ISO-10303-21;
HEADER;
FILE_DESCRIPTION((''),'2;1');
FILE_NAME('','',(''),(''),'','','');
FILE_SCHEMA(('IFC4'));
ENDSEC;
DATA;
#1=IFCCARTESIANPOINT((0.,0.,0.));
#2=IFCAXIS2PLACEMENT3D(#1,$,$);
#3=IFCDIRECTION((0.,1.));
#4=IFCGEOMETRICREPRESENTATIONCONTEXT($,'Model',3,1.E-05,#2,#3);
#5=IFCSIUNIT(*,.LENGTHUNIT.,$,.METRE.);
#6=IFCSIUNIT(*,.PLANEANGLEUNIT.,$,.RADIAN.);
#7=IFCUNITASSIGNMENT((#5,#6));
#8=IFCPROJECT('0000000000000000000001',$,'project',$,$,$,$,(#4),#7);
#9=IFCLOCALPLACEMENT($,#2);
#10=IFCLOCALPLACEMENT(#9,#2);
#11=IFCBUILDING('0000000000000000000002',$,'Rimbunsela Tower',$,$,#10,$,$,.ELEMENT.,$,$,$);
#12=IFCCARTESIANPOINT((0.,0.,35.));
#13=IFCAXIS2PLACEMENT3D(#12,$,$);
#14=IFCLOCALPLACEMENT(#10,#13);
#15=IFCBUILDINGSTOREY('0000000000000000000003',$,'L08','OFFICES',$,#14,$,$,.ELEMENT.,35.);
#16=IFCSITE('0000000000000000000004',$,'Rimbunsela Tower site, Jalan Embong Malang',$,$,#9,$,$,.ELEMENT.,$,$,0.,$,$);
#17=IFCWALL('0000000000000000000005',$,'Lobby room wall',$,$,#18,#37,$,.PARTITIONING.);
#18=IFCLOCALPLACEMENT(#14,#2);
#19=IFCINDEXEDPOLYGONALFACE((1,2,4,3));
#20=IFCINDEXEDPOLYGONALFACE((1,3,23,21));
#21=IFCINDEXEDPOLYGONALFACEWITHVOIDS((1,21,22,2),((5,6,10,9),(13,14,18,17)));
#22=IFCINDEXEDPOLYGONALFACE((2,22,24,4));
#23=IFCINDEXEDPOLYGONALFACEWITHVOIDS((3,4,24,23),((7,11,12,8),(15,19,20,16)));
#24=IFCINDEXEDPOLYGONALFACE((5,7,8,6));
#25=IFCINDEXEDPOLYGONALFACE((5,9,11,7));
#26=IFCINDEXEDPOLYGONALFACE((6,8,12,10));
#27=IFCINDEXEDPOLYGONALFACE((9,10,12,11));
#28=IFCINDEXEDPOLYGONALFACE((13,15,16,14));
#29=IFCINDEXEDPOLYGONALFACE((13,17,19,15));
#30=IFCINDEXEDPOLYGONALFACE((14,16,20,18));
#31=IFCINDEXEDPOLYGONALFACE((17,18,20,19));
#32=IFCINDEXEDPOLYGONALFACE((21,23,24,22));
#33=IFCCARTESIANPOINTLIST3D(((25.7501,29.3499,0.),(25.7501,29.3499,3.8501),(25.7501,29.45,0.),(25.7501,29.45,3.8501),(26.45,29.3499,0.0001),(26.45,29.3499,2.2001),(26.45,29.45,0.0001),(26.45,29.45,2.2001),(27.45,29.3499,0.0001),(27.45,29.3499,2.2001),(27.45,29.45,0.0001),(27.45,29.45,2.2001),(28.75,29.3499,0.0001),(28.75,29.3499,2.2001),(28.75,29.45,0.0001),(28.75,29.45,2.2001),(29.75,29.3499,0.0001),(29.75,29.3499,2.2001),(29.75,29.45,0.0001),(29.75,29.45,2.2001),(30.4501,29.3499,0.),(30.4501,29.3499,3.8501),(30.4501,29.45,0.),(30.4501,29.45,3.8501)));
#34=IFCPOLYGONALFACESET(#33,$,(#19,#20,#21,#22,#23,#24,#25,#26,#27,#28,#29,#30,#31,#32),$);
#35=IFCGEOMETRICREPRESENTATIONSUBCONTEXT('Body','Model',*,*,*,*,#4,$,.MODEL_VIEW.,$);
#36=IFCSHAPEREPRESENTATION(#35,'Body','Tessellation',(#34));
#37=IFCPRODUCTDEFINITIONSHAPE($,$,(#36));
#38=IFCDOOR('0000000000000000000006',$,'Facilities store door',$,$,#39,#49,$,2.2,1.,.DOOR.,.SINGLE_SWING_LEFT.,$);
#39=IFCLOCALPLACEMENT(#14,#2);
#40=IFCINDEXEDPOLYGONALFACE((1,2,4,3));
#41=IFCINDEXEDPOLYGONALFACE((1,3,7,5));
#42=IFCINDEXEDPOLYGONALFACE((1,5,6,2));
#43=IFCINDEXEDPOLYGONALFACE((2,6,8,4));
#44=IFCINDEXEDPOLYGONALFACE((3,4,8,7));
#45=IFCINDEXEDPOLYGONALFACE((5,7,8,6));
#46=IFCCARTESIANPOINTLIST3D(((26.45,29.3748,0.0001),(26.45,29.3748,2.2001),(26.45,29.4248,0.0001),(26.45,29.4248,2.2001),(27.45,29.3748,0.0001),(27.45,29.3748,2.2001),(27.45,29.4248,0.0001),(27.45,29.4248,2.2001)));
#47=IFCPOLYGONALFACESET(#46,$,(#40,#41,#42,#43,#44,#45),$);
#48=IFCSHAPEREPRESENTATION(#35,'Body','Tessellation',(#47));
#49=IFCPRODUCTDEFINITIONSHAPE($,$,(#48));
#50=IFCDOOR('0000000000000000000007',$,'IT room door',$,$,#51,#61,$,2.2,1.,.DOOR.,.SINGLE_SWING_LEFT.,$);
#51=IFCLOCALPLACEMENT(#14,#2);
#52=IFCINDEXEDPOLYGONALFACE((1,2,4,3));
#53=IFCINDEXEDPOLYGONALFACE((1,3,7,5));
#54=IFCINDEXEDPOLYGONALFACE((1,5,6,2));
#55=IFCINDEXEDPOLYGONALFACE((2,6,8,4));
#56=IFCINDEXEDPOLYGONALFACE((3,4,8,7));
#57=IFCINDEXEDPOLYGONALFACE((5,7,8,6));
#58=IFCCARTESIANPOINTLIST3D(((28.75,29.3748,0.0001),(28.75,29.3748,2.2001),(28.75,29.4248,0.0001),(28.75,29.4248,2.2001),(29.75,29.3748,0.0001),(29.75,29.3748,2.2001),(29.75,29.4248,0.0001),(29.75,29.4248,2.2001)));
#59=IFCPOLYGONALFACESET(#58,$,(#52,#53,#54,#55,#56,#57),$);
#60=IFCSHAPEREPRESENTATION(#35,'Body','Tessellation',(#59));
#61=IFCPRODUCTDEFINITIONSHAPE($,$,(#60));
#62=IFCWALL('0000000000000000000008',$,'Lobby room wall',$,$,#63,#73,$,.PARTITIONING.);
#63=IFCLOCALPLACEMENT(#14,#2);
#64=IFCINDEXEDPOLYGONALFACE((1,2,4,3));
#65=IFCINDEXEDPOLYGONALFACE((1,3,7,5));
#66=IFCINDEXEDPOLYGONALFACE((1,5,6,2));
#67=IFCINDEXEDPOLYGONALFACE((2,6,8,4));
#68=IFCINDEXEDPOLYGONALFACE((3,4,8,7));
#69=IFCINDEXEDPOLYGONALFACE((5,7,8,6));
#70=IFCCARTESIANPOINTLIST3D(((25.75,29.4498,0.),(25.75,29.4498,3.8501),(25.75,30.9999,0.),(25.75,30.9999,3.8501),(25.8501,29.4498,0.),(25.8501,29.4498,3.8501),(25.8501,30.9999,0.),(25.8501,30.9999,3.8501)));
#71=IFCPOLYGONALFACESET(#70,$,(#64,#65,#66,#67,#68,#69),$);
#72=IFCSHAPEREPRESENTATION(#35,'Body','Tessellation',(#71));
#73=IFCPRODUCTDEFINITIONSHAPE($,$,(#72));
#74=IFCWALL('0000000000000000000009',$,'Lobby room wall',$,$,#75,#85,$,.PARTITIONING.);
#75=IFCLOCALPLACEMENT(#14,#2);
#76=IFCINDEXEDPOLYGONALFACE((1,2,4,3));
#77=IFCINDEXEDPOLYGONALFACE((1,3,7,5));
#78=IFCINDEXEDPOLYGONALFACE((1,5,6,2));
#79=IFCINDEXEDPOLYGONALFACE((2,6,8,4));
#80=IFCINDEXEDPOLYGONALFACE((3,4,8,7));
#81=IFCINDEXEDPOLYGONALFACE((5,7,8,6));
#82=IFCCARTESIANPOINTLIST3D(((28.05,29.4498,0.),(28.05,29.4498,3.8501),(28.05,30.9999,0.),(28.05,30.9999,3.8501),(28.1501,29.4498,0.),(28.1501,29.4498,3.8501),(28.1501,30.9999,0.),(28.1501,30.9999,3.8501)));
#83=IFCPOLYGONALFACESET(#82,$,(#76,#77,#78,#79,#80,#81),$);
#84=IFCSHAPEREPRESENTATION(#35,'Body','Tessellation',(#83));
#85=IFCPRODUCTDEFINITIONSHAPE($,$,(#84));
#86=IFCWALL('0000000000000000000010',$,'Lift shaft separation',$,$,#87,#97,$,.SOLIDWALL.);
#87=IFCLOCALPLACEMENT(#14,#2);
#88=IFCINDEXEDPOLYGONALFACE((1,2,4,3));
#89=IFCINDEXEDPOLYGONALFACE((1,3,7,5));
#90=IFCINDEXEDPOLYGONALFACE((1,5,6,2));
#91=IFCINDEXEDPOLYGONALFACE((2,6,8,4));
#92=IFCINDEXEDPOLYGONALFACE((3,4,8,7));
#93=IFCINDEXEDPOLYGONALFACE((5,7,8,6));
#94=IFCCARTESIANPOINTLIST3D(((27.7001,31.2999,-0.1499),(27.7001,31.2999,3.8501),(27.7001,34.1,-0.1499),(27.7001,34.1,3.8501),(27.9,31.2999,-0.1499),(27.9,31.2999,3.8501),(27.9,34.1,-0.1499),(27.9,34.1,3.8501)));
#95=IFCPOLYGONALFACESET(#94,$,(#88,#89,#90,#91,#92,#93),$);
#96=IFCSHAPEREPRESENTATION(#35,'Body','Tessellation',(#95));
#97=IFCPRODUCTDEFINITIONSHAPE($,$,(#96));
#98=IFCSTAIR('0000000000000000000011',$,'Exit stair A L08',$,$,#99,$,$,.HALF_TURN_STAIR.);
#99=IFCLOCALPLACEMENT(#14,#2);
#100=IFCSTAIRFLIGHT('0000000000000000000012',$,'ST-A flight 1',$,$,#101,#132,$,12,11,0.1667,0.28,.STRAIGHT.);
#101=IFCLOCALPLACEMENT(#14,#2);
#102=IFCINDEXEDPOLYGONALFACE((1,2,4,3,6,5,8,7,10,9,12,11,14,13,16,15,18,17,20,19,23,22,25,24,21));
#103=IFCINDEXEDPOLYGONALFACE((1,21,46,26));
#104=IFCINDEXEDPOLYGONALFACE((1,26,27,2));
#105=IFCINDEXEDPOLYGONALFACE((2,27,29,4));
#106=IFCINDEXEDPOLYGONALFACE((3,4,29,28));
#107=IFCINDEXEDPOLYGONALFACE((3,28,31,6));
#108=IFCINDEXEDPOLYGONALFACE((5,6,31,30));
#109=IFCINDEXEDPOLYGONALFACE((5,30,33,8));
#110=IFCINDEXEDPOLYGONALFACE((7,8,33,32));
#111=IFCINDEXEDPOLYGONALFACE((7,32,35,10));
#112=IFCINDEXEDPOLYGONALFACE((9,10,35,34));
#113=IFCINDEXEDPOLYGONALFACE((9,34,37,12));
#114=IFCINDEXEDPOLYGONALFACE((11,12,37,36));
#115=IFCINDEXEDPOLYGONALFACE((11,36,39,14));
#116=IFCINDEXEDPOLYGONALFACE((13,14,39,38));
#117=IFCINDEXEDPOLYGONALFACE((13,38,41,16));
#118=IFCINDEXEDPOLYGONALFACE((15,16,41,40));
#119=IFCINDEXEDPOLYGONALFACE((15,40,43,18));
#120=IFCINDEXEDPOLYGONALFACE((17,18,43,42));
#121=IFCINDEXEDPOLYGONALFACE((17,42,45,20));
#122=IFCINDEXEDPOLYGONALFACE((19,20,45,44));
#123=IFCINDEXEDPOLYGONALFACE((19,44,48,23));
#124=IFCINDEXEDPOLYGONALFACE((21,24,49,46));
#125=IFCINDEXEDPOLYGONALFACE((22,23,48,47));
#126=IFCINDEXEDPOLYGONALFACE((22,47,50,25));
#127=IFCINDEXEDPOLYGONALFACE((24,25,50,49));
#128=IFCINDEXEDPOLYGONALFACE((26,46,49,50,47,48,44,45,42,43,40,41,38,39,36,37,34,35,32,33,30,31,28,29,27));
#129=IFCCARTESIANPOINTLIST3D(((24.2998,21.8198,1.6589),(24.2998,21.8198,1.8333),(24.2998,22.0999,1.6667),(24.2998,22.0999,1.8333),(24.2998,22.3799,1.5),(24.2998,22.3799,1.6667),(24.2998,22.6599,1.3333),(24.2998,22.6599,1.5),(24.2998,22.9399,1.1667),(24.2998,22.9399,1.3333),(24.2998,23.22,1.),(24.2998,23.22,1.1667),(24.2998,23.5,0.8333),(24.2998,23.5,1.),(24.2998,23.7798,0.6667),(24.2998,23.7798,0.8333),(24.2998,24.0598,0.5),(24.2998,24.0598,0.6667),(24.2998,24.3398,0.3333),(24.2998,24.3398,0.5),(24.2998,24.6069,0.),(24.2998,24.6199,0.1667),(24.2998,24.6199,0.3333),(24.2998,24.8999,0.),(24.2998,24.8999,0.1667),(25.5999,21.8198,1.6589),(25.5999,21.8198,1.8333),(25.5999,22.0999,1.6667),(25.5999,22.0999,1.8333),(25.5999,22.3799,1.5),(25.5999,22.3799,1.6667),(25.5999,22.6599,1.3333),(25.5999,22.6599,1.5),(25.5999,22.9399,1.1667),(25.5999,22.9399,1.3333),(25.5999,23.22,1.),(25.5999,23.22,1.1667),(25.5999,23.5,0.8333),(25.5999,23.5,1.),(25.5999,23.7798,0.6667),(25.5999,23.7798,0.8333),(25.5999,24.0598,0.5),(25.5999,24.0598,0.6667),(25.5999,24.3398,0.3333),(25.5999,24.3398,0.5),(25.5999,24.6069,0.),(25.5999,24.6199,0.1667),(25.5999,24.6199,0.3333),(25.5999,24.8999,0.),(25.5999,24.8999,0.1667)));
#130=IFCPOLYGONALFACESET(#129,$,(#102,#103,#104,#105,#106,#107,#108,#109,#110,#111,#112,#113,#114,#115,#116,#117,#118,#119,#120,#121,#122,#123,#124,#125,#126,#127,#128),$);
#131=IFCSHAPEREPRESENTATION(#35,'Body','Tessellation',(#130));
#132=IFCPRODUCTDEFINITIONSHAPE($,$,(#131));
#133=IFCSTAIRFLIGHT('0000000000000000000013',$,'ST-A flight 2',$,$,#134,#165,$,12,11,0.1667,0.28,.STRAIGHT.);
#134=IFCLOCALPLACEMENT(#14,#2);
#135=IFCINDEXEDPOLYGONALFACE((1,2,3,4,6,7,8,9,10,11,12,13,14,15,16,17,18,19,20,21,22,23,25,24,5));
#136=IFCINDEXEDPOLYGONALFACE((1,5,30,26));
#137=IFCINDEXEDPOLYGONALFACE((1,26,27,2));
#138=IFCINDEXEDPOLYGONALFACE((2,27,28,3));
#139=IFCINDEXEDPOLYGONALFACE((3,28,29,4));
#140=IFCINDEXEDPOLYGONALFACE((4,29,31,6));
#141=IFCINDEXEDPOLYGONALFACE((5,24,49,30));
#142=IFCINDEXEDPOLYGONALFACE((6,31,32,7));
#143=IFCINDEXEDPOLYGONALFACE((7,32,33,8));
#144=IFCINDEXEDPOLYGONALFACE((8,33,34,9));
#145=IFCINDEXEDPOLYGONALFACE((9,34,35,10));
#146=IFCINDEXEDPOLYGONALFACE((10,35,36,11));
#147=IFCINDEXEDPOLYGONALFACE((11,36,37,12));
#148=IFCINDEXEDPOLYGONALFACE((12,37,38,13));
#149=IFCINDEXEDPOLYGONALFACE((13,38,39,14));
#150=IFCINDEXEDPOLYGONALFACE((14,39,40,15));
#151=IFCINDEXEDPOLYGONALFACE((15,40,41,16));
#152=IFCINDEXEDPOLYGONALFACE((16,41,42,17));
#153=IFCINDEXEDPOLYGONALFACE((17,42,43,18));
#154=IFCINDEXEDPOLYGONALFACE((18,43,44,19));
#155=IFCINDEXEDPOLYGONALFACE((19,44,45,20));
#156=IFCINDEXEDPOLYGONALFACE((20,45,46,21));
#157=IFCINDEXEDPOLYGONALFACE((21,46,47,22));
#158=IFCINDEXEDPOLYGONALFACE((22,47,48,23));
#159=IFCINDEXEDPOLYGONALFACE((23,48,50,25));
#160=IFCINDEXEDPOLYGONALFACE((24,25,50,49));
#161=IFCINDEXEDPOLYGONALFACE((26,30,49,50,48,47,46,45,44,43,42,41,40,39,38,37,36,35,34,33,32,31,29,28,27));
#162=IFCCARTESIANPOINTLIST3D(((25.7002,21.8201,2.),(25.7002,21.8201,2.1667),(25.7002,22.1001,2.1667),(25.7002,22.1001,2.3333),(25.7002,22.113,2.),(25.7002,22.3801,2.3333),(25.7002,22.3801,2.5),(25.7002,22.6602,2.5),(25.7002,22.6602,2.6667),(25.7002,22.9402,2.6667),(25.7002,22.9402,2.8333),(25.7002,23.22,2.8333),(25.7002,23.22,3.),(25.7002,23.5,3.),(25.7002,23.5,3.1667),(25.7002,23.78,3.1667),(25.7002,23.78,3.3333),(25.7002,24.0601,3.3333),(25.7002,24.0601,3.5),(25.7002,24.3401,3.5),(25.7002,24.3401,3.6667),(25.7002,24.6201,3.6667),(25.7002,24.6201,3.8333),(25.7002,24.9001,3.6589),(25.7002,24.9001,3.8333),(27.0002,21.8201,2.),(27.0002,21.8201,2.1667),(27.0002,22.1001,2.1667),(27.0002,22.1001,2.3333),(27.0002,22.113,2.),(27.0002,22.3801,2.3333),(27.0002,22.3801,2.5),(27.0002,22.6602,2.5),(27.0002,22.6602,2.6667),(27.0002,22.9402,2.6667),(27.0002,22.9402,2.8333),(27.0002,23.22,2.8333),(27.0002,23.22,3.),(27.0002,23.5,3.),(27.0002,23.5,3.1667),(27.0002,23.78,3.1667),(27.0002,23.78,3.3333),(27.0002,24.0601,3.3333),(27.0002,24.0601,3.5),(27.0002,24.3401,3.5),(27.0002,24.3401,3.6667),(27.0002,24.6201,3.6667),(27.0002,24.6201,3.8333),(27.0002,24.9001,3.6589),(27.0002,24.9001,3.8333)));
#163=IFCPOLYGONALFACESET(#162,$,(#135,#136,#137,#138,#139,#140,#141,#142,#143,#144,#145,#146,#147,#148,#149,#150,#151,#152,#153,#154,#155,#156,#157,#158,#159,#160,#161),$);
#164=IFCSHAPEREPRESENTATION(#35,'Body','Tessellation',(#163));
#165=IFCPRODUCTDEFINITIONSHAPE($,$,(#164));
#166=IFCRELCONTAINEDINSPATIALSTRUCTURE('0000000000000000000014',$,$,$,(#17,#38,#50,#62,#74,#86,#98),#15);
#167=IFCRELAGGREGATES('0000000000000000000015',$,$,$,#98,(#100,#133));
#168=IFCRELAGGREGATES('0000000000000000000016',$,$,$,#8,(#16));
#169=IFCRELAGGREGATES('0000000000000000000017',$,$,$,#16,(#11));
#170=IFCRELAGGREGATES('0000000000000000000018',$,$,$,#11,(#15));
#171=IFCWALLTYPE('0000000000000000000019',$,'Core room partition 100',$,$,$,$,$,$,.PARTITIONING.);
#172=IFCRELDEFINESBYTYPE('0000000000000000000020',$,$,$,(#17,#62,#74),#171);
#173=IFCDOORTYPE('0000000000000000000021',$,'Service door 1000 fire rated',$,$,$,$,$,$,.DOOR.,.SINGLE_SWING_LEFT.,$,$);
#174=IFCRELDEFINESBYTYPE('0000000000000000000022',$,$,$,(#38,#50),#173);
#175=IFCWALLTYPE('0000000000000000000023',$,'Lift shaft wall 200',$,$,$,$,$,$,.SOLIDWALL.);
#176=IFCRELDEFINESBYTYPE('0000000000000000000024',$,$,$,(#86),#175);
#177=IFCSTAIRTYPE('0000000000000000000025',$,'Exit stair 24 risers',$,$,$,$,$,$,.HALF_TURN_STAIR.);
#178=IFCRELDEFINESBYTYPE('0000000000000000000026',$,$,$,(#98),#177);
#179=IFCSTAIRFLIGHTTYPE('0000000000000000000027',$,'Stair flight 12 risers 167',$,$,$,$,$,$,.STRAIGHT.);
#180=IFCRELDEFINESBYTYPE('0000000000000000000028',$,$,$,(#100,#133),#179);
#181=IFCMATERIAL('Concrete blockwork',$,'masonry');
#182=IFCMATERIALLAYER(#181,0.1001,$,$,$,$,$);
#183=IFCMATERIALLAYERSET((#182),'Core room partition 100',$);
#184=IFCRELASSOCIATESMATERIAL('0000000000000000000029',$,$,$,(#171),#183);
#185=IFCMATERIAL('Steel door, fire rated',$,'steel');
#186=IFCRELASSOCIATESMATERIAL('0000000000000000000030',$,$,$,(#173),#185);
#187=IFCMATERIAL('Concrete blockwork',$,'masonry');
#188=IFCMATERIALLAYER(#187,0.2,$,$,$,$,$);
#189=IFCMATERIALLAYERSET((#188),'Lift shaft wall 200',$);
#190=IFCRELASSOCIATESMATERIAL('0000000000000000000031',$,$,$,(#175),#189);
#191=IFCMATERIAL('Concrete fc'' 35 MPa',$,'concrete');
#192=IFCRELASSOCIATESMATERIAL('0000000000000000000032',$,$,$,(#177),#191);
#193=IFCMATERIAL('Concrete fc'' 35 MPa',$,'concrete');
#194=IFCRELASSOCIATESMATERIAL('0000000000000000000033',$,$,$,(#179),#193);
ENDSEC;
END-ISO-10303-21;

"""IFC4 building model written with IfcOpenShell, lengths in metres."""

from ifc_helpers import new_model, si_unit, direction, frame, frame_2d, origin, place, context, subcontext, project, spatial, polyline, rectangle, outline, extrude, material, layer, layer_set, type_object, element, fill, aggregate, save


model = new_model("IFC4")

# Units and contexts
model_context = context("Model", 3, precision=1e-05, world=origin(), true_north=direction((0.0, 1.0)))
body_context = subcontext(model_context, "Body", "Model", "MODEL_VIEW")
ifc_project = project(units=[si_unit("LENGTHUNIT", "METRE"), si_unit("PLANEANGLEUNIT", "RADIAN")], contexts=[model_context])

# Site, building, storey
site_placement = place(None, origin())
site = spatial("IfcSite", under=ifc_project, at=site_placement, Name="Rimbunsela Tower site, Jalan Embong Malang", CompositionType="ELEMENT", RefElevation=0.0)
building_placement = place(site_placement, origin())
building = spatial("IfcBuilding", under=site, at=building_placement, Name="Rimbunsela Tower", CompositionType="ELEMENT")
storey_placement = place(building_placement, frame((0.0, 0.0, 35.0)))
storey = spatial("IfcBuildingStorey", under=building, at=storey_placement, Name="L08", Description="OFFICES", CompositionType="ELEMENT", Elevation=35.0)

# Wall, openings, doors
ifc_material_1 = material(Name="Concrete blockwork", Category="masonry")
ifc_layer_1 = layer(ifc_material_1, 0.1001)
ifc_layer_set_1 = layer_set([ifc_layer_1], Name="Core room partition 100")
wall_type_1 = type_object("IfcWallType", Name="Core room partition 100", PredefinedType="PARTITIONING", material=ifc_layer_set_1)
wall_1_placement = place(storey_placement, frame((25.75, 29.3999, 0.0), z_axis=(0.0, 0.0, 1.0), x_axis=(1.0, 0.0, 0.0)))
wall_1 = element("IfcWall", 1, at=wall_1_placement, inside=storey, type_object=wall_type_1, Name="Lobby room wall", PredefinedType="PARTITIONING", context=body_context, shape_type="SweptSolid", body=[
    extrude(rectangle(XDim=4.7, YDim=0.1001, at=frame_2d((2.3501, 0.0))), origin(), (0.0, 0.0, 1.0), 3.8501),
])
opening_1_placement = place(wall_1_placement, frame((0.7, 0.0, 0.0)))
opening_1 = element("IfcOpeningElement", 2, at=opening_1_placement, cuts=wall_1, PredefinedType="OPENING", context=body_context, shape_type="SweptSolid", body=[
    extrude(rectangle(XDim=1.0, YDim=2.2, at=frame_2d((0.5, 1.1001))), frame((0.0, 0.0601, 0.0), z_axis=(0.0, -1.0, 0.0), x_axis=(1.0, 0.0, 0.0)), (0.0, 0.0, 1.0), 0.1201),
])
opening_2_placement = place(wall_1_placement, frame((3.0, 0.0, 0.0)))
opening_2 = element("IfcOpeningElement", 3, at=opening_2_placement, cuts=wall_1, PredefinedType="OPENING", context=body_context, shape_type="SweptSolid", body=[
    extrude(rectangle(XDim=1.0, YDim=2.2, at=frame_2d((0.5, 1.1001))), frame((0.0, 0.0601, 0.0), z_axis=(0.0, -1.0, 0.0), x_axis=(1.0, 0.0, 0.0)), (0.0, 0.0, 1.0), 0.1201),
])
ifc_material_2 = material(Name="Steel door, fire rated", Category="steel")
door_type_1 = type_object("IfcDoorType", Name="Service door 1000 fire rated", OperationType="SINGLE_SWING_LEFT", PredefinedType="DOOR", material=ifc_material_2)
door_1_placement = place(opening_1_placement, origin())
door_1 = element("IfcDoor", 4, at=door_1_placement, inside=storey, type_object=door_type_1, Name="Facilities store door", OperationType="SINGLE_SWING_LEFT", OverallHeight=2.2, OverallWidth=1.0, PredefinedType="DOOR", context=body_context, shape_type="SweptSolid", body=[
    extrude(rectangle(XDim=1.0, YDim=2.2, at=frame_2d((0.5, 1.1001))), frame((0.0, 0.0249, 0.0), z_axis=(0.0, -1.0, 0.0), x_axis=(1.0, 0.0, 0.0)), (0.0, 0.0, 1.0), 0.05),
])
fill(opening_1, door_1)
door_2_placement = place(opening_2_placement, origin())
door_2 = element("IfcDoor", 5, at=door_2_placement, inside=storey, type_object=door_type_1, Name="IT room door", OperationType="SINGLE_SWING_LEFT", OverallHeight=2.2, OverallWidth=1.0, PredefinedType="DOOR", context=body_context, shape_type="SweptSolid", body=[
    extrude(rectangle(XDim=1.0, YDim=2.2, at=frame_2d((0.5, 1.1001))), frame((0.0, 0.0249, 0.0), z_axis=(0.0, -1.0, 0.0), x_axis=(1.0, 0.0, 0.0)), (0.0, 0.0, 1.0), 0.05),
])
fill(opening_2, door_2)

# Walls
for number, where, z_axis, x_axis, name in (
    (6, (25.8, 29.45, 0.0), (0.0, 0.0, 1.0), (0.0, 1.0, 0.0), "Lobby room wall"),
    (7, (28.1001, 29.45, 0.0), (0.0, 0.0, 1.0), (0.0, 1.0, 0.0), "Lobby room wall"),
):
    element("IfcWall", number, at=place(storey_placement, frame(where, z_axis=z_axis, x_axis=x_axis)), inside=storey, type_object=wall_type_1, Name=name, PredefinedType="PARTITIONING", context=body_context, shape_type="SweptSolid", body=[
        extrude(rectangle(XDim=1.55, YDim=0.1001, at=frame_2d((0.7749, 0.0))), origin(), (0.0, 0.0, 1.0), 3.8501),
    ])
ifc_material_3 = material(Name="Concrete blockwork", Category="masonry")
ifc_layer_2 = layer(ifc_material_3, 0.2)
ifc_layer_set_2 = layer_set([ifc_layer_2], Name="Lift shaft wall 200")
wall_type_2 = type_object("IfcWallType", Name="Lift shaft wall 200", PredefinedType="SOLIDWALL", material=ifc_layer_set_2)
wall_2_placement = place(storey_placement, frame((27.8, 31.3, -0.1499), z_axis=(0.0, 0.0, 1.0), x_axis=(0.0, 1.0, 0.0)))
element("IfcWall", 8, at=wall_2_placement, inside=storey, type_object=wall_type_2, Name="Lift shaft separation", PredefinedType="SOLIDWALL", context=body_context, shape_type="SweptSolid", body=[
    extrude(rectangle(XDim=2.8, YDim=0.2, at=frame_2d((1.3999, 0.0))), origin(), (0.0, 0.0, 1.0), 4.0),
])

# Stair, stair flights
ifc_material_4 = material(Name="Concrete fc' 35 MPa", Category="concrete")
stair_type = type_object("IfcStairType", Name="Exit stair 24 risers", PredefinedType="HALF_TURN_STAIR", material=ifc_material_4)
stair_placement = place(storey_placement, origin())
stair = element("IfcStair", 9, at=stair_placement, inside=storey, type_object=stair_type, Name="Exit stair A L08", PredefinedType="HALF_TURN_STAIR")
ifc_material_5 = material(Name="Concrete fc' 35 MPa", Category="concrete")
stair_flight_type = type_object("IfcStairFlightType", Name="Stair flight 12 risers 167", PredefinedType="STRAIGHT", material=ifc_material_5)
stair_flight_1_placement = place(storey_placement, frame((24.95, 24.8999, 0.0), z_axis=(0.0, 0.0, 1.0), x_axis=(0.0, -1.0, 0.0)))
stair_flight_1 = element("IfcStairFlight", 10, at=stair_flight_1_placement, type_object=stair_flight_type, Name="ST-A flight 1", NumberOfRisers=12, NumberOfTreads=11, PredefinedType="STRAIGHT", RiserHeight=0.1667, TreadLength=0.28, context=body_context, shape_type="SweptSolid", body=[
    extrude(outline(polyline([(0.0, 0.0), (0.0, 0.1667), (0.28, 0.1667), (0.28, 0.3333), (0.5601, 0.3333), (0.5601, 0.5), (0.8401, 0.5), (0.8401, 0.6667), (1.1201, 0.6667), (1.1201, 0.8333), (1.3999, 0.8333), (1.3999, 1.0), (1.6799, 1.0), (1.6799, 1.1667), (1.96, 1.1667), (1.96, 1.3333), (2.24, 1.3333), (2.24, 1.5), (2.52, 1.5), (2.52, 1.6667), (2.8, 1.6667), (2.8, 1.8333), (3.0801, 1.8333), (3.0801, 2.0), (3.0801, 1.6589), (0.293, 0.0), (0.0, 0.0)])), frame((0.0, 0.6499, 0.0), z_axis=(0.0, -1.0, 0.0), x_axis=(1.0, 0.0, 0.0)), (0.0, 0.0, 1.0), 1.3),
])
stair_flight_2_placement = place(storey_placement, frame((26.3501, 21.8201, 2.0), z_axis=(0.0, 0.0, 1.0), x_axis=(0.0, 1.0, 0.0)))
stair_flight_2 = element("IfcStairFlight", 11, at=stair_flight_2_placement, type_object=stair_flight_type, Name="ST-A flight 2", NumberOfRisers=12, NumberOfTreads=11, PredefinedType="STRAIGHT", RiserHeight=0.1667, TreadLength=0.28, context=body_context, shape_type="SweptSolid", body=[
    extrude(outline(polyline([(0.0, 0.0), (0.0, 0.1667), (0.28, 0.1667), (0.28, 0.3333), (0.5601, 0.3333), (0.5601, 0.5), (0.8401, 0.5), (0.8401, 0.6667), (1.1201, 0.6667), (1.1201, 0.8333), (1.3999, 0.8333), (1.3999, 1.0), (1.6799, 1.0), (1.6799, 1.1667), (1.96, 1.1667), (1.96, 1.3333), (2.24, 1.3333), (2.24, 1.5), (2.52, 1.5), (2.52, 1.6667), (2.8, 1.6667), (2.8, 1.8333), (3.0801, 1.8333), (3.0801, 2.0), (3.0801, 1.6589), (0.293, 0.0), (0.0, 0.0)])), frame((0.0, 0.6499, 0.0), z_axis=(0.0, -1.0, 0.0), x_axis=(1.0, 0.0, 0.0)), (0.0, 0.0, 1.0), 1.3),
])
aggregate(stair, [stair_flight_1, stair_flight_2])

save(model, "model.ifc")
